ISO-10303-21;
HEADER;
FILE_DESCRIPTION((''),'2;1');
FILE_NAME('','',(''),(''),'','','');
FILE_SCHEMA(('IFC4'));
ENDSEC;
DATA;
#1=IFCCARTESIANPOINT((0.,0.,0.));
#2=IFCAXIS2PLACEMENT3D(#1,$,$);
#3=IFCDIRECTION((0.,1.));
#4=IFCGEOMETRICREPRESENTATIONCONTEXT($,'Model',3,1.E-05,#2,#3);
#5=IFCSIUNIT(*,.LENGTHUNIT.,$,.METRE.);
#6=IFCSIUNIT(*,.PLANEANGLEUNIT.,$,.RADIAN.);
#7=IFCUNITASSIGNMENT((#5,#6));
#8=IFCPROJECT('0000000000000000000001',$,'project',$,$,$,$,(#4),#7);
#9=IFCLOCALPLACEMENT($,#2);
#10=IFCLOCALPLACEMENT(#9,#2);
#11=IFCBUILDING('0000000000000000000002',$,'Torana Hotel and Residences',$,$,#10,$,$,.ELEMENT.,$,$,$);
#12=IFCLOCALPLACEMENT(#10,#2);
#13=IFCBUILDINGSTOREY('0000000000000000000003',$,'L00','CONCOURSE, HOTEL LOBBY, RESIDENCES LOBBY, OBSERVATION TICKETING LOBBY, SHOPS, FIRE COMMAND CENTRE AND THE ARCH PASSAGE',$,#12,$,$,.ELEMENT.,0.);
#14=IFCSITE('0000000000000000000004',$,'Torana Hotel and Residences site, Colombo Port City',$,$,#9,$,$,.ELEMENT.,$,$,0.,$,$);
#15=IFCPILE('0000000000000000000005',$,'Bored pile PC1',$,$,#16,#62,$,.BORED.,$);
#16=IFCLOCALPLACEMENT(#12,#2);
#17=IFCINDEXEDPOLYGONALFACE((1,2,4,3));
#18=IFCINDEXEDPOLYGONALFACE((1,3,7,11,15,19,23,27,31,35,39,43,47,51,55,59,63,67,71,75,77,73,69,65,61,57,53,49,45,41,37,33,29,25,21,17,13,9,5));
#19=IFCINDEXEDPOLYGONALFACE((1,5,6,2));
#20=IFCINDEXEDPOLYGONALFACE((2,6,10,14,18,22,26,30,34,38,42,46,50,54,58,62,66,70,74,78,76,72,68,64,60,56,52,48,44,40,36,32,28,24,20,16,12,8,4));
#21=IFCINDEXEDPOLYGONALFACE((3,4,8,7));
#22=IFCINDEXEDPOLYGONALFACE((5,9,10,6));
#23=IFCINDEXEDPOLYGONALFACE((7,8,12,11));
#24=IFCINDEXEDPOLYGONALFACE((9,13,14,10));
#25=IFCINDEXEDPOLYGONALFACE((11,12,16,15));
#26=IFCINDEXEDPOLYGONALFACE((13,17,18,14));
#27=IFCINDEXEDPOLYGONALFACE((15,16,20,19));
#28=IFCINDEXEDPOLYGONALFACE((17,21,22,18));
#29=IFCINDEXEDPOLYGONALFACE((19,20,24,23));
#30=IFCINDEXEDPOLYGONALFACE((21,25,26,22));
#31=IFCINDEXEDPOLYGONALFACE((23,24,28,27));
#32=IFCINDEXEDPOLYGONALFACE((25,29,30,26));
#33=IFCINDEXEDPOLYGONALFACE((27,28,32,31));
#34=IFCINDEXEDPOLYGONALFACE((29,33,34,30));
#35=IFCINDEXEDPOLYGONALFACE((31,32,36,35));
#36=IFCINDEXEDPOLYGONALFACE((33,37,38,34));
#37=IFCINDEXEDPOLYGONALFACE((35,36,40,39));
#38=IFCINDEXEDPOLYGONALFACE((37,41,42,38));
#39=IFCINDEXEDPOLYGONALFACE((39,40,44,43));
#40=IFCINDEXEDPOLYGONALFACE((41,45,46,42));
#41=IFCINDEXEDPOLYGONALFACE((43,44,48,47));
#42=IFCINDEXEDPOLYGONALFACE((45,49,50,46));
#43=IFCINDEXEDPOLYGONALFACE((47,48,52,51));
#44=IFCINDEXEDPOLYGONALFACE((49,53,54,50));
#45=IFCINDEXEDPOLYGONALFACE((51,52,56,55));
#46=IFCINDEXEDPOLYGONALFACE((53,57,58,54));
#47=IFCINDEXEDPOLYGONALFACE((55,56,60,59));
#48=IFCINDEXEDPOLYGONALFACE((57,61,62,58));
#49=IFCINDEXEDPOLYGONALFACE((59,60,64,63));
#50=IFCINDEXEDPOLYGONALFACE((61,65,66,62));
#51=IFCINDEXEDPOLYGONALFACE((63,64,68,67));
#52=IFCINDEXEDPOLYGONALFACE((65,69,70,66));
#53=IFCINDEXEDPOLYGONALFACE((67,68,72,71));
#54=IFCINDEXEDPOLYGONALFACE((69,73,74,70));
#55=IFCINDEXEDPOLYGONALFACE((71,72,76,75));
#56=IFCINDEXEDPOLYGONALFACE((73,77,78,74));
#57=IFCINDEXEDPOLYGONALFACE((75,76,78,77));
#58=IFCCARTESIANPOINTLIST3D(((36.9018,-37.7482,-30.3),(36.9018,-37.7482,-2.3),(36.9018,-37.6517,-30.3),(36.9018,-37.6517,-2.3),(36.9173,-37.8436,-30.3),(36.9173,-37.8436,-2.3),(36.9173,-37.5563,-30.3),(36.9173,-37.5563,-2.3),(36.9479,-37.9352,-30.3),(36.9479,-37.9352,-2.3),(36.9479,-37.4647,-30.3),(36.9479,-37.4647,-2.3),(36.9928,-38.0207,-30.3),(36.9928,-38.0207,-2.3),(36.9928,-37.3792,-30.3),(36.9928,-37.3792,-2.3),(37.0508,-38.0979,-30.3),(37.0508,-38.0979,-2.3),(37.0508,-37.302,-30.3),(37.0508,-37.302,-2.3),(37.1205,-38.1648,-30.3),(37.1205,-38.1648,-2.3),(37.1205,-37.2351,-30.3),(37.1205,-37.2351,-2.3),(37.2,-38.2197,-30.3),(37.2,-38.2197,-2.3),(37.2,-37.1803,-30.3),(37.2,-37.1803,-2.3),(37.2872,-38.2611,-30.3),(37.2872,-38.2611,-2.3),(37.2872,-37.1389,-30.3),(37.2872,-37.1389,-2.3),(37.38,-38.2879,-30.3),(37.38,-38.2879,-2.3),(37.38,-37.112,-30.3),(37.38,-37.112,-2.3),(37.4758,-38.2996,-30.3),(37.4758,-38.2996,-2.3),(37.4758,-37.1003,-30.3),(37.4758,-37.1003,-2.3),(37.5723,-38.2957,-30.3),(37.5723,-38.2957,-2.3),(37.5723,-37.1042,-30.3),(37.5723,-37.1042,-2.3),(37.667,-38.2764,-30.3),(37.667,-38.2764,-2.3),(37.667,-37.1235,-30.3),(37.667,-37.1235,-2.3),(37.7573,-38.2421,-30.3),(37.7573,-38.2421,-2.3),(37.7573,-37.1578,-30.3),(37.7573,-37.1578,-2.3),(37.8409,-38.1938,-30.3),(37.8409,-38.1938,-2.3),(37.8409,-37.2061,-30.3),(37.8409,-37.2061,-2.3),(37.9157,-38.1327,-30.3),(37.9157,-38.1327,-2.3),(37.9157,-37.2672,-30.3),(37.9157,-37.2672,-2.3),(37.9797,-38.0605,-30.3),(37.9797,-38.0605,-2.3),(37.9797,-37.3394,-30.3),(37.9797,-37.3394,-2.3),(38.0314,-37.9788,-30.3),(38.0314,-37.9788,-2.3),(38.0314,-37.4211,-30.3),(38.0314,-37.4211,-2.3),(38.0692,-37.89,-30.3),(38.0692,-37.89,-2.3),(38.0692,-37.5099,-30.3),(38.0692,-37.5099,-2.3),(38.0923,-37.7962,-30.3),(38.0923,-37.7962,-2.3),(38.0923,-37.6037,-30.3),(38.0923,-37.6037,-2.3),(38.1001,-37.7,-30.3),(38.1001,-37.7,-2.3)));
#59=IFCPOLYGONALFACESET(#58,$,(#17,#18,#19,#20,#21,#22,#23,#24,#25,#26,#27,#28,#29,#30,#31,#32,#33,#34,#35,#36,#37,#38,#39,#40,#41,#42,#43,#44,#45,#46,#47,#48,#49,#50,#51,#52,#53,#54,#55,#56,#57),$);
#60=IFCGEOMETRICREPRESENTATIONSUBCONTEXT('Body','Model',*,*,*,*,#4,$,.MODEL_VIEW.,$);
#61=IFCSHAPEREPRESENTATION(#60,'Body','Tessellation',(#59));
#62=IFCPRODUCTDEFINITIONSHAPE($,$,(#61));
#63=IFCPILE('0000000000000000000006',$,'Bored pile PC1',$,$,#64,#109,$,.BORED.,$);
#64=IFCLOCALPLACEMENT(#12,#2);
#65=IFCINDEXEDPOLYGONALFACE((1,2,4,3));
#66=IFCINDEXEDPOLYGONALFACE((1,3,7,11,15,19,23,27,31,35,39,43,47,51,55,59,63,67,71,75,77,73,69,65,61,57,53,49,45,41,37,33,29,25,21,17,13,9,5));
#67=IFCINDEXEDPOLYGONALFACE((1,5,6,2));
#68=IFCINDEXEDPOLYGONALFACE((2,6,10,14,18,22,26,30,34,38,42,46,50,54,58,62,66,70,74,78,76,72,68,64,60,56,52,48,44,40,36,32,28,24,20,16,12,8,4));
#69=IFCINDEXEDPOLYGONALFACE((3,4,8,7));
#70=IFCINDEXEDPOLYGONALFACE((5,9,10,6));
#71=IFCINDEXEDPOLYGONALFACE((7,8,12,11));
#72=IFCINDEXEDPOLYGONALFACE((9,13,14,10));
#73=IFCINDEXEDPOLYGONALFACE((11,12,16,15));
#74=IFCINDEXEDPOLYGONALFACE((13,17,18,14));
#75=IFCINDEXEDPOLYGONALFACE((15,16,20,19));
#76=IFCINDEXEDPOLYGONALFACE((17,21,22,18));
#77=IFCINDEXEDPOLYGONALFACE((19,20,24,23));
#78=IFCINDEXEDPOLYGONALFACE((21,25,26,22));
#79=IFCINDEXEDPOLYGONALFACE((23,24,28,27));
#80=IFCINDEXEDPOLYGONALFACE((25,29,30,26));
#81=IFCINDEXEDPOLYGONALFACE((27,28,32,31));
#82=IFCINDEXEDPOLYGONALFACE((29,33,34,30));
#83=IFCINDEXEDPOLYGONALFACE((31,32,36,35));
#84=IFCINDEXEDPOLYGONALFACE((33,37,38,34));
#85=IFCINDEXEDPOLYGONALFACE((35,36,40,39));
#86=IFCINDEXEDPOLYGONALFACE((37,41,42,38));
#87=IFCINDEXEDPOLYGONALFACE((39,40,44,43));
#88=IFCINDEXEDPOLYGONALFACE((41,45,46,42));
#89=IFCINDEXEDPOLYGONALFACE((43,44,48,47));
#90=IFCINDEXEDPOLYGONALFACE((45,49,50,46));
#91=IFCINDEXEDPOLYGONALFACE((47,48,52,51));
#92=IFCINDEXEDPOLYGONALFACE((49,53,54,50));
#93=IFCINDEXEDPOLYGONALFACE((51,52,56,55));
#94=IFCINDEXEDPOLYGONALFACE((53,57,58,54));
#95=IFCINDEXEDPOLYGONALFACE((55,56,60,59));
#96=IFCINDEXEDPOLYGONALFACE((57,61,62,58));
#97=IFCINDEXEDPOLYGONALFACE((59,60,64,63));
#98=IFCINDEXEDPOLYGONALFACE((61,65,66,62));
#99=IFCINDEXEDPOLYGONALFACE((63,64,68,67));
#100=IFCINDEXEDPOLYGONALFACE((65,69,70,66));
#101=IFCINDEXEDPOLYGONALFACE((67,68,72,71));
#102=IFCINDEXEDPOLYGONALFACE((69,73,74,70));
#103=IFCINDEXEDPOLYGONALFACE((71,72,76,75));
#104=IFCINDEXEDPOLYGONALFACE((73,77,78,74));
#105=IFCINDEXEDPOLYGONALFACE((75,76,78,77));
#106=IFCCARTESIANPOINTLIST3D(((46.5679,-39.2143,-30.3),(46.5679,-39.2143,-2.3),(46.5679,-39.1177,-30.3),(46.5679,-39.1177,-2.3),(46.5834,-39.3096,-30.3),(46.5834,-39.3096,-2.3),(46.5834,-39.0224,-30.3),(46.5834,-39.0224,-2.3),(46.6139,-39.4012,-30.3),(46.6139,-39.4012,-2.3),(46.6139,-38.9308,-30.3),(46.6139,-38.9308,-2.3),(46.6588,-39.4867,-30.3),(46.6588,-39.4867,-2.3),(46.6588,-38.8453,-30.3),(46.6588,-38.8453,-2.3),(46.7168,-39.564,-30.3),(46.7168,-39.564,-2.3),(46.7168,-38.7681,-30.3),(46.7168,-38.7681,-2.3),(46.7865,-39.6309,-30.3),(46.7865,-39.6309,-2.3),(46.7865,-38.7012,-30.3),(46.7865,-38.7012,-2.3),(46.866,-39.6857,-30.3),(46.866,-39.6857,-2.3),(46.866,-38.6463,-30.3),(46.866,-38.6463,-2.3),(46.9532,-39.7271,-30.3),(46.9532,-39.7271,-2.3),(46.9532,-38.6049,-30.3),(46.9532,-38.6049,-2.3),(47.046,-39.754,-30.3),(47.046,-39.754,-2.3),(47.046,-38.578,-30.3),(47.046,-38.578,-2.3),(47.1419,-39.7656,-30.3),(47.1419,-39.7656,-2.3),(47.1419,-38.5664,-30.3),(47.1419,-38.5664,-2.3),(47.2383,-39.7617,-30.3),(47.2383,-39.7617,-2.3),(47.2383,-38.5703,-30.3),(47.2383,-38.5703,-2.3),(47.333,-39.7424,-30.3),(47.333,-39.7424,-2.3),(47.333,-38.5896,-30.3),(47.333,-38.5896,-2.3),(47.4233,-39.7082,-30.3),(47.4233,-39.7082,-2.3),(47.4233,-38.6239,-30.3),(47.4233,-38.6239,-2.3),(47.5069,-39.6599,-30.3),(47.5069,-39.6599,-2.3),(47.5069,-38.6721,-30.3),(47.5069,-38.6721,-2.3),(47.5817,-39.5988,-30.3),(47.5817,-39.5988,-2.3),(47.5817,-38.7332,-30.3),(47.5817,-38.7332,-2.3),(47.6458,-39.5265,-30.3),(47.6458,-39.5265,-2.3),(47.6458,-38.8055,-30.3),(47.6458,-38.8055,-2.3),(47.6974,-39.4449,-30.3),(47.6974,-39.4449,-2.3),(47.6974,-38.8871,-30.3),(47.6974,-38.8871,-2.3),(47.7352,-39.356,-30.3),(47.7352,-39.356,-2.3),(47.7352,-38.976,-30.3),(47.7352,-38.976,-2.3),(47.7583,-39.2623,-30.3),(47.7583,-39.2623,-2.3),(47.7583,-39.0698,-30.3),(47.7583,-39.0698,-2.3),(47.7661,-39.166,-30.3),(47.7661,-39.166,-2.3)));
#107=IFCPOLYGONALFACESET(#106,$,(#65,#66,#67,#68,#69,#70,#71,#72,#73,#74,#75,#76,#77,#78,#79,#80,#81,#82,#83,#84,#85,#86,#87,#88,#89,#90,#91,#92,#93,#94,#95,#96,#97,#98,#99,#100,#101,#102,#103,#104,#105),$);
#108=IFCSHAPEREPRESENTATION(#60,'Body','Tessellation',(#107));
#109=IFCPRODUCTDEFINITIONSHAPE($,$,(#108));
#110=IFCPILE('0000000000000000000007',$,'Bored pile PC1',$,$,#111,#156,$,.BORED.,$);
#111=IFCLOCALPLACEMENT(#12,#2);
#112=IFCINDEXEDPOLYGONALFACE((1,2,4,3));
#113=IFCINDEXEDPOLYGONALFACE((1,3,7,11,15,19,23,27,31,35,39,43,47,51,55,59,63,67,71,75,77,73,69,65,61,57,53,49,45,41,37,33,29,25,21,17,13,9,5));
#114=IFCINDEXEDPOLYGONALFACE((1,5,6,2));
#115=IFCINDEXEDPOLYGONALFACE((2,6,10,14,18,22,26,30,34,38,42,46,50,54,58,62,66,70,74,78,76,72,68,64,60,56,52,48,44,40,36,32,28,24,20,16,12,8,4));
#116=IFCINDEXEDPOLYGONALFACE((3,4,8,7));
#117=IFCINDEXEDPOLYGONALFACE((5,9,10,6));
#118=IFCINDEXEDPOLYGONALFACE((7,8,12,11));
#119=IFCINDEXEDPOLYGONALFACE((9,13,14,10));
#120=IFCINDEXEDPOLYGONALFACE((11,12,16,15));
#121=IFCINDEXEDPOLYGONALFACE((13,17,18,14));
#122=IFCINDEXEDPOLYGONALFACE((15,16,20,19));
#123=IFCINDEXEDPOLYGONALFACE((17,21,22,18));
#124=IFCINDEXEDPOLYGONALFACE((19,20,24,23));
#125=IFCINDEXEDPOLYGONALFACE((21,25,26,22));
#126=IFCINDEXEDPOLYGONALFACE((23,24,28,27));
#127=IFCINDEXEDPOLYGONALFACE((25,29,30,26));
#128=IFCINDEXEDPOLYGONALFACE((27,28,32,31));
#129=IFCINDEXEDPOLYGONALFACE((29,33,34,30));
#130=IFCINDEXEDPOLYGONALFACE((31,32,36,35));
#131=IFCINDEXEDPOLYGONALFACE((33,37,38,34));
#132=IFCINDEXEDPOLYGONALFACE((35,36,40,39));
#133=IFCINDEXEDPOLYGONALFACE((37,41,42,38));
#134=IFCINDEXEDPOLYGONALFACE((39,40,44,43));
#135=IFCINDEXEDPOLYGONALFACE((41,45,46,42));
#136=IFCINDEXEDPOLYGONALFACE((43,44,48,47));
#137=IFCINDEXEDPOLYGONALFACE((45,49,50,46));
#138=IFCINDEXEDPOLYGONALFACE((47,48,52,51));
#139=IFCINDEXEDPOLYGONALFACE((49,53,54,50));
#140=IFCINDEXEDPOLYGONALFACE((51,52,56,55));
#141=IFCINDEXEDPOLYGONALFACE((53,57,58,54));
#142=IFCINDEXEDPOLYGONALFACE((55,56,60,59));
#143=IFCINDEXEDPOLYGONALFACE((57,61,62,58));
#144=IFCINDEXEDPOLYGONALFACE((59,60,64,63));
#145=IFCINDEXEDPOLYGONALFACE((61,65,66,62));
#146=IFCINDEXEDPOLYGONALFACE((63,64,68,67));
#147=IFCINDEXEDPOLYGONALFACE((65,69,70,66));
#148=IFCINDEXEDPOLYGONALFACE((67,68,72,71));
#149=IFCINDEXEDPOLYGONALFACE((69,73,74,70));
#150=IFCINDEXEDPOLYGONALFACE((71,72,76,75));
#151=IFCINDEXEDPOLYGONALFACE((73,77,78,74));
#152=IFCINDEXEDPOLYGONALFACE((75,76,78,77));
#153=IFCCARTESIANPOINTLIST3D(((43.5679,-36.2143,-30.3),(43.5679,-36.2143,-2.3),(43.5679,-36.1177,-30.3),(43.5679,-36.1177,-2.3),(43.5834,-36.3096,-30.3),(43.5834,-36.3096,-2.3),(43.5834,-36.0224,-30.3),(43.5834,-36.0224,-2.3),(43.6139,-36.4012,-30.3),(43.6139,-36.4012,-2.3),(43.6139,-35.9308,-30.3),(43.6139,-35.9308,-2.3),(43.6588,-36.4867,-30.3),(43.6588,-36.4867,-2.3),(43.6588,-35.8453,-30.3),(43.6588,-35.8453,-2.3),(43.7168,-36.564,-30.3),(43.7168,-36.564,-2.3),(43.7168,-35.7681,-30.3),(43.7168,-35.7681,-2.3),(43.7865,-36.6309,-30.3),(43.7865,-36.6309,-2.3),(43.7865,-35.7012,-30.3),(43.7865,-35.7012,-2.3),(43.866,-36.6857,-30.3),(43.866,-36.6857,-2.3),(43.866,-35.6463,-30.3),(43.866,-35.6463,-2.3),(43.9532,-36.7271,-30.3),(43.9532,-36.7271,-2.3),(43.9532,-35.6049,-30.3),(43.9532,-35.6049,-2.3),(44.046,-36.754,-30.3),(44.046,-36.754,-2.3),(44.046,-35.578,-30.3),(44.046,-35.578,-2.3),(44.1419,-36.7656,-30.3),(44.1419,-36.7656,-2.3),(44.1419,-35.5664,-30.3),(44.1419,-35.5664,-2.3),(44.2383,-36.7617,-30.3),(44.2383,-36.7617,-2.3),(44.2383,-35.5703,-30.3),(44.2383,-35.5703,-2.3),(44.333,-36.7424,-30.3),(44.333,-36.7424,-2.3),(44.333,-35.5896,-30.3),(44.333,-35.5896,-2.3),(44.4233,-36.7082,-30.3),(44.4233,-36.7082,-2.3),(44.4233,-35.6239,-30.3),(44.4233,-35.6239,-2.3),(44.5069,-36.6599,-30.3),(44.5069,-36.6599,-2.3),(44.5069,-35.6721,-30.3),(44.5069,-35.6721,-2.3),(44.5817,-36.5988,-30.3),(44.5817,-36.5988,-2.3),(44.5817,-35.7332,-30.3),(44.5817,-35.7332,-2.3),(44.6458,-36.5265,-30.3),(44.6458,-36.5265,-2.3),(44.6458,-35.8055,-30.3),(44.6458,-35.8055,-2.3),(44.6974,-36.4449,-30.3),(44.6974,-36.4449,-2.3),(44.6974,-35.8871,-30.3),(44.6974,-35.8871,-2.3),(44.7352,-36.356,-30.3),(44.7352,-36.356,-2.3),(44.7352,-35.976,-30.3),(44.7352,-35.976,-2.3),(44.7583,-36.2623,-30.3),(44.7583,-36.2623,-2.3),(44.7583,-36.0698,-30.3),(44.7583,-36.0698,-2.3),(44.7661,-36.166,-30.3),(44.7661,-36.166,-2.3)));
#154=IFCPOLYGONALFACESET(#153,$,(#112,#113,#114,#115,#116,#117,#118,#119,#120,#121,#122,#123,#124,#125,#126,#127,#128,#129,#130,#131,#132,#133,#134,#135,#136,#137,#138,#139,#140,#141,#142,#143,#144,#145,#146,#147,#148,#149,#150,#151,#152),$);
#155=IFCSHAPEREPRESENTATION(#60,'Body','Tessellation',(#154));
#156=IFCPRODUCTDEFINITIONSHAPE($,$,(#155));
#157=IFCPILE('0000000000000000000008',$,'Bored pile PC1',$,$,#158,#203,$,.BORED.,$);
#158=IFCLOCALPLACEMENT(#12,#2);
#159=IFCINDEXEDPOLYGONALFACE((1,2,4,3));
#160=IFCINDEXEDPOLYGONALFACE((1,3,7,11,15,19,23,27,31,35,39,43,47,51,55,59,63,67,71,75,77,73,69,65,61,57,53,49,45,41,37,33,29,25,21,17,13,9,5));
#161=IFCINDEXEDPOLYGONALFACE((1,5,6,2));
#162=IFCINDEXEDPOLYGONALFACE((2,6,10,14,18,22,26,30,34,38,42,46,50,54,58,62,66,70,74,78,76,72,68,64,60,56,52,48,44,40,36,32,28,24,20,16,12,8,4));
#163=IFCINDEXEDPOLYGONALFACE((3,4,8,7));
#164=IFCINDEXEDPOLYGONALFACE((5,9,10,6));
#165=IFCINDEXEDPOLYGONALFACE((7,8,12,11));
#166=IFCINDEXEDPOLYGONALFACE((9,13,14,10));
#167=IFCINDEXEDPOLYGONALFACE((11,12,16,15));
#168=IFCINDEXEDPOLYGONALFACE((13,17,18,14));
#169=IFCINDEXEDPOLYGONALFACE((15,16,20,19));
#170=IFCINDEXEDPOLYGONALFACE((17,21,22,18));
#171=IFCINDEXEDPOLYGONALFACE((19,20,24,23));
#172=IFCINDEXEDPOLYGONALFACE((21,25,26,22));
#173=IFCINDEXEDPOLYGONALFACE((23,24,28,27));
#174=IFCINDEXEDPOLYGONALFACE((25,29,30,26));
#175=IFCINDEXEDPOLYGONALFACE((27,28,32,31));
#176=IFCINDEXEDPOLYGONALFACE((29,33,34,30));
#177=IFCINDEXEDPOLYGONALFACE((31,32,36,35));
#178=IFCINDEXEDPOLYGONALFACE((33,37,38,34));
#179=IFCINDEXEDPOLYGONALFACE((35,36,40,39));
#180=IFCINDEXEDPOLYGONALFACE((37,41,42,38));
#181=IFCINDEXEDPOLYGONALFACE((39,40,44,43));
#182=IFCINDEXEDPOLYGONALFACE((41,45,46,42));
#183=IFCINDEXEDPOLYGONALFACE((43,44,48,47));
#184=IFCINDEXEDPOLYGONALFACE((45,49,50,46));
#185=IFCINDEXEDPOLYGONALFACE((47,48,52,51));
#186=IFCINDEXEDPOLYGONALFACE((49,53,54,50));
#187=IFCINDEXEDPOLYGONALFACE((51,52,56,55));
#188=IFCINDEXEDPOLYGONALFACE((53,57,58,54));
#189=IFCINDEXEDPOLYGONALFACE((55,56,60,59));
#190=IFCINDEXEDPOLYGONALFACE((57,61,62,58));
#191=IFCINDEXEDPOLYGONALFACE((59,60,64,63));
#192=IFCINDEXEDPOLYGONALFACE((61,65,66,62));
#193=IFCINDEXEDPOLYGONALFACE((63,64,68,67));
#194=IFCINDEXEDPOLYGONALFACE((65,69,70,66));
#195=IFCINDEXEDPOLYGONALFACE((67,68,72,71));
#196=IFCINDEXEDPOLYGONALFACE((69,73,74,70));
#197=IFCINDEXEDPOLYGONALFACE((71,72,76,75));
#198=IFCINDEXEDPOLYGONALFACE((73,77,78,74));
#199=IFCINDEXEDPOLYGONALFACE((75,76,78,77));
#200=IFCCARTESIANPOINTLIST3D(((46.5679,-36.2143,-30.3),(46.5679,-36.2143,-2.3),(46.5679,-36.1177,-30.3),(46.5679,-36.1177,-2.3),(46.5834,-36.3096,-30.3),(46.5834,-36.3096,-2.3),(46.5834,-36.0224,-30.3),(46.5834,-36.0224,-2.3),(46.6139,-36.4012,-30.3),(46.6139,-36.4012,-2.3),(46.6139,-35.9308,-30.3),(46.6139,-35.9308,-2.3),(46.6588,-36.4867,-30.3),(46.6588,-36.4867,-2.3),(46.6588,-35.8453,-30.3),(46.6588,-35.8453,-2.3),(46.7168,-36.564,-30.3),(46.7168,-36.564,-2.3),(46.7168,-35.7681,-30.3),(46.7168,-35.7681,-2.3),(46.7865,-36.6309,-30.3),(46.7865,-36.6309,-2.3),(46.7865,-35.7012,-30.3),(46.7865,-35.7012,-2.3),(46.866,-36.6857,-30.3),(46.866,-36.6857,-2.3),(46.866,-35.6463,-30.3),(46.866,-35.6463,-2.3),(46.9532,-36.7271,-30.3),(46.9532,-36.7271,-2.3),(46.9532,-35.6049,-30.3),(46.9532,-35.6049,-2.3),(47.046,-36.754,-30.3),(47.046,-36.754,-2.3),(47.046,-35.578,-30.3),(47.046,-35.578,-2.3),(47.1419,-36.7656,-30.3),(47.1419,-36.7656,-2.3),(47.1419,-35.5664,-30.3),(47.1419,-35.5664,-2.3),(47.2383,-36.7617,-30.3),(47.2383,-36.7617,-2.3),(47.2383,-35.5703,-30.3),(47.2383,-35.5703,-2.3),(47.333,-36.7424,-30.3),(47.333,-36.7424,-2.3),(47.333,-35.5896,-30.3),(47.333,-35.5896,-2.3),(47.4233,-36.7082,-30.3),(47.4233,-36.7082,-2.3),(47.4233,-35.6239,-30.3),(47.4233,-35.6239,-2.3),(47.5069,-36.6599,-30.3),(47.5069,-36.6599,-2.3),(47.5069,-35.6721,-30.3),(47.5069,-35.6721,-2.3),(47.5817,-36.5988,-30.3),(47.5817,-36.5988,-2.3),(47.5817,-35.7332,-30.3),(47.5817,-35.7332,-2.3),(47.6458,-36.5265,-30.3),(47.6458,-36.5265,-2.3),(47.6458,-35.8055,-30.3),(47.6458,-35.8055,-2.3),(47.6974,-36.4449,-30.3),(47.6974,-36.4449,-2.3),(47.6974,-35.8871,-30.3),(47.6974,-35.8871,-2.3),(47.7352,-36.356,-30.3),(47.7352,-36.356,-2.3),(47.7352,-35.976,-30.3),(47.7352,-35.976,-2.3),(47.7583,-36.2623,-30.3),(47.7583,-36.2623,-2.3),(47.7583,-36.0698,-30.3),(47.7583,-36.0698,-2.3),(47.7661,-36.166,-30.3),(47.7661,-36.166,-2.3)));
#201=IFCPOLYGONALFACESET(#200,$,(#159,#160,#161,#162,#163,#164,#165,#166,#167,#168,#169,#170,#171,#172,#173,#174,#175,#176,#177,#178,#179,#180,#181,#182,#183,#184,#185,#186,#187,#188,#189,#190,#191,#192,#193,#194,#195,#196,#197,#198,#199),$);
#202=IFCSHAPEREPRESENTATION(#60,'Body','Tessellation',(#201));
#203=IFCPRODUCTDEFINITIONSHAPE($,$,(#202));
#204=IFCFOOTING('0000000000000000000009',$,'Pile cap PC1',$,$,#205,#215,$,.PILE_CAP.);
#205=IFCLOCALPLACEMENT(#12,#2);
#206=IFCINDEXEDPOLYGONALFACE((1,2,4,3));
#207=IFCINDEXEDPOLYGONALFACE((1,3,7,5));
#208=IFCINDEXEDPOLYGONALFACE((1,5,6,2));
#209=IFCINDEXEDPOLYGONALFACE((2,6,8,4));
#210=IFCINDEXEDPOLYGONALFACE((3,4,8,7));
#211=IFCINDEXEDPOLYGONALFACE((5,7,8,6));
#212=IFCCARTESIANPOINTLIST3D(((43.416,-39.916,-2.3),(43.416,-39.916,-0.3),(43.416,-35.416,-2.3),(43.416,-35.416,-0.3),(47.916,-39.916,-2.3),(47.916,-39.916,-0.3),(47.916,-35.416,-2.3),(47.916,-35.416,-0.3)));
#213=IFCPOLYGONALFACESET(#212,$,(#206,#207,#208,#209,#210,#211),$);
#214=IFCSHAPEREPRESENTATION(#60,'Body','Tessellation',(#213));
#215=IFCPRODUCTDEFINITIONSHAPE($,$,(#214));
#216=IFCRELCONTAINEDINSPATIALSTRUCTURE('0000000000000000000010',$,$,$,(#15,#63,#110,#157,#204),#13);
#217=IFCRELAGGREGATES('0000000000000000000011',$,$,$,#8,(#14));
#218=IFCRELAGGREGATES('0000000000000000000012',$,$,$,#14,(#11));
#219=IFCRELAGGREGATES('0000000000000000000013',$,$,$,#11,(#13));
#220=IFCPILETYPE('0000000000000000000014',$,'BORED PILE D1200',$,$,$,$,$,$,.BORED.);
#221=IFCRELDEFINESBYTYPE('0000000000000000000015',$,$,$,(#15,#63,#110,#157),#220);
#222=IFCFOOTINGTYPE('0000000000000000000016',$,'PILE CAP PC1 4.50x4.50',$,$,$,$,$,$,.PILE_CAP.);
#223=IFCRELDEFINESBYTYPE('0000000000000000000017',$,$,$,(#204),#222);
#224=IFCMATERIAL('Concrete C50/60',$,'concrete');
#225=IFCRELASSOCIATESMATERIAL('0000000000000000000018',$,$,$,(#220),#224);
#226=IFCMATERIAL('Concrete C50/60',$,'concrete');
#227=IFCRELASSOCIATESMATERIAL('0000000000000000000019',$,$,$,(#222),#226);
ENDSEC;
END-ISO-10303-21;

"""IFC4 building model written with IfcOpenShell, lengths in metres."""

from ifc_helpers import new_model, si_unit, direction, frame, origin, origin_2d, place, context, subcontext, project, spatial, rectangle, circle, extrude, material, type_object, element, save


model = new_model("IFC4")

# Units and contexts
model_context = context("Model", 3, precision=1e-05, world=origin(), true_north=direction((0.0, 1.0)))
body_context = subcontext(model_context, "Body", "Model", "MODEL_VIEW")
ifc_project = project(units=[si_unit("LENGTHUNIT", "METRE"), si_unit("PLANEANGLEUNIT", "RADIAN")], contexts=[model_context])

# Site, building, storey
site_placement = place(None, origin())
site = spatial("IfcSite", under=ifc_project, at=site_placement, Name="Torana Hotel and Residences site, Colombo Port City", CompositionType="ELEMENT", RefElevation=0.0)
building_placement = place(site_placement, origin())
building = spatial("IfcBuilding", under=site, at=building_placement, Name="Torana Hotel and Residences", CompositionType="ELEMENT")
storey_placement = place(building_placement, origin())
storey = spatial("IfcBuildingStorey", under=building, at=storey_placement, Name="L00", Description="CONCOURSE, HOTEL LOBBY, RESIDENCES LOBBY, OBSERVATION TICKETING LOBBY, SHOPS, FIRE COMMAND CENTRE AND THE ARCH PASSAGE", CompositionType="ELEMENT", Elevation=0.0)

# Piles
ifc_material_1 = material(Name="Concrete C50/60", Category="concrete")
pile_type = type_object("IfcPileType", Name="BORED PILE D1200", PredefinedType="BORED", material=ifc_material_1)
for number, where, z_axis, x_axis, name in (
    (1, (37.5, -37.7, -2.3), (0.0, 0.0, -1.0), (1.0, 0.0, 0.0), "Bored pile PC1"),
    (2, (47.166, -39.166, -2.3), (0.0, 0.0, -1.0), (1.0, 0.0, 0.0), "Bored pile PC1"),
    (3, (44.166, -36.166, -2.3), (0.0, 0.0, -1.0), (1.0, 0.0, 0.0), "Bored pile PC1"),
    (4, (47.166, -36.166, -2.3), (0.0, 0.0, -1.0), (1.0, 0.0, 0.0), "Bored pile PC1"),
):
    element("IfcPile", number, at=place(storey_placement, frame(where, z_axis=z_axis, x_axis=x_axis)), inside=storey, type_object=pile_type, Name=name, PredefinedType="BORED", context=body_context, shape_type="SweptSolid", body=[
        extrude(circle(Radius=0.6001, at=origin_2d()), origin(), (0.0, 0.0, 1.0), 28.0),
    ])

# Footing
ifc_material_2 = material(Name="Concrete C50/60", Category="concrete")
footing_type = type_object("IfcFootingType", Name="PILE CAP PC1 4.50x4.50", PredefinedType="PILE_CAP", material=ifc_material_2)
footing_placement = place(storey_placement, frame((45.666, -37.666, -2.3), z_axis=(0.0, 0.0, 1.0), x_axis=(1.0, 0.0, 0.0)))
element("IfcFooting", 5, at=footing_placement, inside=storey, type_object=footing_type, Name="Pile cap PC1", PredefinedType="PILE_CAP", context=body_context, shape_type="SweptSolid", body=[
    extrude(rectangle(XDim=4.5, YDim=4.5, at=origin_2d()), origin(), (0.0, 0.0, 1.0), 2.0),
])

save(model, "model.ifc")
